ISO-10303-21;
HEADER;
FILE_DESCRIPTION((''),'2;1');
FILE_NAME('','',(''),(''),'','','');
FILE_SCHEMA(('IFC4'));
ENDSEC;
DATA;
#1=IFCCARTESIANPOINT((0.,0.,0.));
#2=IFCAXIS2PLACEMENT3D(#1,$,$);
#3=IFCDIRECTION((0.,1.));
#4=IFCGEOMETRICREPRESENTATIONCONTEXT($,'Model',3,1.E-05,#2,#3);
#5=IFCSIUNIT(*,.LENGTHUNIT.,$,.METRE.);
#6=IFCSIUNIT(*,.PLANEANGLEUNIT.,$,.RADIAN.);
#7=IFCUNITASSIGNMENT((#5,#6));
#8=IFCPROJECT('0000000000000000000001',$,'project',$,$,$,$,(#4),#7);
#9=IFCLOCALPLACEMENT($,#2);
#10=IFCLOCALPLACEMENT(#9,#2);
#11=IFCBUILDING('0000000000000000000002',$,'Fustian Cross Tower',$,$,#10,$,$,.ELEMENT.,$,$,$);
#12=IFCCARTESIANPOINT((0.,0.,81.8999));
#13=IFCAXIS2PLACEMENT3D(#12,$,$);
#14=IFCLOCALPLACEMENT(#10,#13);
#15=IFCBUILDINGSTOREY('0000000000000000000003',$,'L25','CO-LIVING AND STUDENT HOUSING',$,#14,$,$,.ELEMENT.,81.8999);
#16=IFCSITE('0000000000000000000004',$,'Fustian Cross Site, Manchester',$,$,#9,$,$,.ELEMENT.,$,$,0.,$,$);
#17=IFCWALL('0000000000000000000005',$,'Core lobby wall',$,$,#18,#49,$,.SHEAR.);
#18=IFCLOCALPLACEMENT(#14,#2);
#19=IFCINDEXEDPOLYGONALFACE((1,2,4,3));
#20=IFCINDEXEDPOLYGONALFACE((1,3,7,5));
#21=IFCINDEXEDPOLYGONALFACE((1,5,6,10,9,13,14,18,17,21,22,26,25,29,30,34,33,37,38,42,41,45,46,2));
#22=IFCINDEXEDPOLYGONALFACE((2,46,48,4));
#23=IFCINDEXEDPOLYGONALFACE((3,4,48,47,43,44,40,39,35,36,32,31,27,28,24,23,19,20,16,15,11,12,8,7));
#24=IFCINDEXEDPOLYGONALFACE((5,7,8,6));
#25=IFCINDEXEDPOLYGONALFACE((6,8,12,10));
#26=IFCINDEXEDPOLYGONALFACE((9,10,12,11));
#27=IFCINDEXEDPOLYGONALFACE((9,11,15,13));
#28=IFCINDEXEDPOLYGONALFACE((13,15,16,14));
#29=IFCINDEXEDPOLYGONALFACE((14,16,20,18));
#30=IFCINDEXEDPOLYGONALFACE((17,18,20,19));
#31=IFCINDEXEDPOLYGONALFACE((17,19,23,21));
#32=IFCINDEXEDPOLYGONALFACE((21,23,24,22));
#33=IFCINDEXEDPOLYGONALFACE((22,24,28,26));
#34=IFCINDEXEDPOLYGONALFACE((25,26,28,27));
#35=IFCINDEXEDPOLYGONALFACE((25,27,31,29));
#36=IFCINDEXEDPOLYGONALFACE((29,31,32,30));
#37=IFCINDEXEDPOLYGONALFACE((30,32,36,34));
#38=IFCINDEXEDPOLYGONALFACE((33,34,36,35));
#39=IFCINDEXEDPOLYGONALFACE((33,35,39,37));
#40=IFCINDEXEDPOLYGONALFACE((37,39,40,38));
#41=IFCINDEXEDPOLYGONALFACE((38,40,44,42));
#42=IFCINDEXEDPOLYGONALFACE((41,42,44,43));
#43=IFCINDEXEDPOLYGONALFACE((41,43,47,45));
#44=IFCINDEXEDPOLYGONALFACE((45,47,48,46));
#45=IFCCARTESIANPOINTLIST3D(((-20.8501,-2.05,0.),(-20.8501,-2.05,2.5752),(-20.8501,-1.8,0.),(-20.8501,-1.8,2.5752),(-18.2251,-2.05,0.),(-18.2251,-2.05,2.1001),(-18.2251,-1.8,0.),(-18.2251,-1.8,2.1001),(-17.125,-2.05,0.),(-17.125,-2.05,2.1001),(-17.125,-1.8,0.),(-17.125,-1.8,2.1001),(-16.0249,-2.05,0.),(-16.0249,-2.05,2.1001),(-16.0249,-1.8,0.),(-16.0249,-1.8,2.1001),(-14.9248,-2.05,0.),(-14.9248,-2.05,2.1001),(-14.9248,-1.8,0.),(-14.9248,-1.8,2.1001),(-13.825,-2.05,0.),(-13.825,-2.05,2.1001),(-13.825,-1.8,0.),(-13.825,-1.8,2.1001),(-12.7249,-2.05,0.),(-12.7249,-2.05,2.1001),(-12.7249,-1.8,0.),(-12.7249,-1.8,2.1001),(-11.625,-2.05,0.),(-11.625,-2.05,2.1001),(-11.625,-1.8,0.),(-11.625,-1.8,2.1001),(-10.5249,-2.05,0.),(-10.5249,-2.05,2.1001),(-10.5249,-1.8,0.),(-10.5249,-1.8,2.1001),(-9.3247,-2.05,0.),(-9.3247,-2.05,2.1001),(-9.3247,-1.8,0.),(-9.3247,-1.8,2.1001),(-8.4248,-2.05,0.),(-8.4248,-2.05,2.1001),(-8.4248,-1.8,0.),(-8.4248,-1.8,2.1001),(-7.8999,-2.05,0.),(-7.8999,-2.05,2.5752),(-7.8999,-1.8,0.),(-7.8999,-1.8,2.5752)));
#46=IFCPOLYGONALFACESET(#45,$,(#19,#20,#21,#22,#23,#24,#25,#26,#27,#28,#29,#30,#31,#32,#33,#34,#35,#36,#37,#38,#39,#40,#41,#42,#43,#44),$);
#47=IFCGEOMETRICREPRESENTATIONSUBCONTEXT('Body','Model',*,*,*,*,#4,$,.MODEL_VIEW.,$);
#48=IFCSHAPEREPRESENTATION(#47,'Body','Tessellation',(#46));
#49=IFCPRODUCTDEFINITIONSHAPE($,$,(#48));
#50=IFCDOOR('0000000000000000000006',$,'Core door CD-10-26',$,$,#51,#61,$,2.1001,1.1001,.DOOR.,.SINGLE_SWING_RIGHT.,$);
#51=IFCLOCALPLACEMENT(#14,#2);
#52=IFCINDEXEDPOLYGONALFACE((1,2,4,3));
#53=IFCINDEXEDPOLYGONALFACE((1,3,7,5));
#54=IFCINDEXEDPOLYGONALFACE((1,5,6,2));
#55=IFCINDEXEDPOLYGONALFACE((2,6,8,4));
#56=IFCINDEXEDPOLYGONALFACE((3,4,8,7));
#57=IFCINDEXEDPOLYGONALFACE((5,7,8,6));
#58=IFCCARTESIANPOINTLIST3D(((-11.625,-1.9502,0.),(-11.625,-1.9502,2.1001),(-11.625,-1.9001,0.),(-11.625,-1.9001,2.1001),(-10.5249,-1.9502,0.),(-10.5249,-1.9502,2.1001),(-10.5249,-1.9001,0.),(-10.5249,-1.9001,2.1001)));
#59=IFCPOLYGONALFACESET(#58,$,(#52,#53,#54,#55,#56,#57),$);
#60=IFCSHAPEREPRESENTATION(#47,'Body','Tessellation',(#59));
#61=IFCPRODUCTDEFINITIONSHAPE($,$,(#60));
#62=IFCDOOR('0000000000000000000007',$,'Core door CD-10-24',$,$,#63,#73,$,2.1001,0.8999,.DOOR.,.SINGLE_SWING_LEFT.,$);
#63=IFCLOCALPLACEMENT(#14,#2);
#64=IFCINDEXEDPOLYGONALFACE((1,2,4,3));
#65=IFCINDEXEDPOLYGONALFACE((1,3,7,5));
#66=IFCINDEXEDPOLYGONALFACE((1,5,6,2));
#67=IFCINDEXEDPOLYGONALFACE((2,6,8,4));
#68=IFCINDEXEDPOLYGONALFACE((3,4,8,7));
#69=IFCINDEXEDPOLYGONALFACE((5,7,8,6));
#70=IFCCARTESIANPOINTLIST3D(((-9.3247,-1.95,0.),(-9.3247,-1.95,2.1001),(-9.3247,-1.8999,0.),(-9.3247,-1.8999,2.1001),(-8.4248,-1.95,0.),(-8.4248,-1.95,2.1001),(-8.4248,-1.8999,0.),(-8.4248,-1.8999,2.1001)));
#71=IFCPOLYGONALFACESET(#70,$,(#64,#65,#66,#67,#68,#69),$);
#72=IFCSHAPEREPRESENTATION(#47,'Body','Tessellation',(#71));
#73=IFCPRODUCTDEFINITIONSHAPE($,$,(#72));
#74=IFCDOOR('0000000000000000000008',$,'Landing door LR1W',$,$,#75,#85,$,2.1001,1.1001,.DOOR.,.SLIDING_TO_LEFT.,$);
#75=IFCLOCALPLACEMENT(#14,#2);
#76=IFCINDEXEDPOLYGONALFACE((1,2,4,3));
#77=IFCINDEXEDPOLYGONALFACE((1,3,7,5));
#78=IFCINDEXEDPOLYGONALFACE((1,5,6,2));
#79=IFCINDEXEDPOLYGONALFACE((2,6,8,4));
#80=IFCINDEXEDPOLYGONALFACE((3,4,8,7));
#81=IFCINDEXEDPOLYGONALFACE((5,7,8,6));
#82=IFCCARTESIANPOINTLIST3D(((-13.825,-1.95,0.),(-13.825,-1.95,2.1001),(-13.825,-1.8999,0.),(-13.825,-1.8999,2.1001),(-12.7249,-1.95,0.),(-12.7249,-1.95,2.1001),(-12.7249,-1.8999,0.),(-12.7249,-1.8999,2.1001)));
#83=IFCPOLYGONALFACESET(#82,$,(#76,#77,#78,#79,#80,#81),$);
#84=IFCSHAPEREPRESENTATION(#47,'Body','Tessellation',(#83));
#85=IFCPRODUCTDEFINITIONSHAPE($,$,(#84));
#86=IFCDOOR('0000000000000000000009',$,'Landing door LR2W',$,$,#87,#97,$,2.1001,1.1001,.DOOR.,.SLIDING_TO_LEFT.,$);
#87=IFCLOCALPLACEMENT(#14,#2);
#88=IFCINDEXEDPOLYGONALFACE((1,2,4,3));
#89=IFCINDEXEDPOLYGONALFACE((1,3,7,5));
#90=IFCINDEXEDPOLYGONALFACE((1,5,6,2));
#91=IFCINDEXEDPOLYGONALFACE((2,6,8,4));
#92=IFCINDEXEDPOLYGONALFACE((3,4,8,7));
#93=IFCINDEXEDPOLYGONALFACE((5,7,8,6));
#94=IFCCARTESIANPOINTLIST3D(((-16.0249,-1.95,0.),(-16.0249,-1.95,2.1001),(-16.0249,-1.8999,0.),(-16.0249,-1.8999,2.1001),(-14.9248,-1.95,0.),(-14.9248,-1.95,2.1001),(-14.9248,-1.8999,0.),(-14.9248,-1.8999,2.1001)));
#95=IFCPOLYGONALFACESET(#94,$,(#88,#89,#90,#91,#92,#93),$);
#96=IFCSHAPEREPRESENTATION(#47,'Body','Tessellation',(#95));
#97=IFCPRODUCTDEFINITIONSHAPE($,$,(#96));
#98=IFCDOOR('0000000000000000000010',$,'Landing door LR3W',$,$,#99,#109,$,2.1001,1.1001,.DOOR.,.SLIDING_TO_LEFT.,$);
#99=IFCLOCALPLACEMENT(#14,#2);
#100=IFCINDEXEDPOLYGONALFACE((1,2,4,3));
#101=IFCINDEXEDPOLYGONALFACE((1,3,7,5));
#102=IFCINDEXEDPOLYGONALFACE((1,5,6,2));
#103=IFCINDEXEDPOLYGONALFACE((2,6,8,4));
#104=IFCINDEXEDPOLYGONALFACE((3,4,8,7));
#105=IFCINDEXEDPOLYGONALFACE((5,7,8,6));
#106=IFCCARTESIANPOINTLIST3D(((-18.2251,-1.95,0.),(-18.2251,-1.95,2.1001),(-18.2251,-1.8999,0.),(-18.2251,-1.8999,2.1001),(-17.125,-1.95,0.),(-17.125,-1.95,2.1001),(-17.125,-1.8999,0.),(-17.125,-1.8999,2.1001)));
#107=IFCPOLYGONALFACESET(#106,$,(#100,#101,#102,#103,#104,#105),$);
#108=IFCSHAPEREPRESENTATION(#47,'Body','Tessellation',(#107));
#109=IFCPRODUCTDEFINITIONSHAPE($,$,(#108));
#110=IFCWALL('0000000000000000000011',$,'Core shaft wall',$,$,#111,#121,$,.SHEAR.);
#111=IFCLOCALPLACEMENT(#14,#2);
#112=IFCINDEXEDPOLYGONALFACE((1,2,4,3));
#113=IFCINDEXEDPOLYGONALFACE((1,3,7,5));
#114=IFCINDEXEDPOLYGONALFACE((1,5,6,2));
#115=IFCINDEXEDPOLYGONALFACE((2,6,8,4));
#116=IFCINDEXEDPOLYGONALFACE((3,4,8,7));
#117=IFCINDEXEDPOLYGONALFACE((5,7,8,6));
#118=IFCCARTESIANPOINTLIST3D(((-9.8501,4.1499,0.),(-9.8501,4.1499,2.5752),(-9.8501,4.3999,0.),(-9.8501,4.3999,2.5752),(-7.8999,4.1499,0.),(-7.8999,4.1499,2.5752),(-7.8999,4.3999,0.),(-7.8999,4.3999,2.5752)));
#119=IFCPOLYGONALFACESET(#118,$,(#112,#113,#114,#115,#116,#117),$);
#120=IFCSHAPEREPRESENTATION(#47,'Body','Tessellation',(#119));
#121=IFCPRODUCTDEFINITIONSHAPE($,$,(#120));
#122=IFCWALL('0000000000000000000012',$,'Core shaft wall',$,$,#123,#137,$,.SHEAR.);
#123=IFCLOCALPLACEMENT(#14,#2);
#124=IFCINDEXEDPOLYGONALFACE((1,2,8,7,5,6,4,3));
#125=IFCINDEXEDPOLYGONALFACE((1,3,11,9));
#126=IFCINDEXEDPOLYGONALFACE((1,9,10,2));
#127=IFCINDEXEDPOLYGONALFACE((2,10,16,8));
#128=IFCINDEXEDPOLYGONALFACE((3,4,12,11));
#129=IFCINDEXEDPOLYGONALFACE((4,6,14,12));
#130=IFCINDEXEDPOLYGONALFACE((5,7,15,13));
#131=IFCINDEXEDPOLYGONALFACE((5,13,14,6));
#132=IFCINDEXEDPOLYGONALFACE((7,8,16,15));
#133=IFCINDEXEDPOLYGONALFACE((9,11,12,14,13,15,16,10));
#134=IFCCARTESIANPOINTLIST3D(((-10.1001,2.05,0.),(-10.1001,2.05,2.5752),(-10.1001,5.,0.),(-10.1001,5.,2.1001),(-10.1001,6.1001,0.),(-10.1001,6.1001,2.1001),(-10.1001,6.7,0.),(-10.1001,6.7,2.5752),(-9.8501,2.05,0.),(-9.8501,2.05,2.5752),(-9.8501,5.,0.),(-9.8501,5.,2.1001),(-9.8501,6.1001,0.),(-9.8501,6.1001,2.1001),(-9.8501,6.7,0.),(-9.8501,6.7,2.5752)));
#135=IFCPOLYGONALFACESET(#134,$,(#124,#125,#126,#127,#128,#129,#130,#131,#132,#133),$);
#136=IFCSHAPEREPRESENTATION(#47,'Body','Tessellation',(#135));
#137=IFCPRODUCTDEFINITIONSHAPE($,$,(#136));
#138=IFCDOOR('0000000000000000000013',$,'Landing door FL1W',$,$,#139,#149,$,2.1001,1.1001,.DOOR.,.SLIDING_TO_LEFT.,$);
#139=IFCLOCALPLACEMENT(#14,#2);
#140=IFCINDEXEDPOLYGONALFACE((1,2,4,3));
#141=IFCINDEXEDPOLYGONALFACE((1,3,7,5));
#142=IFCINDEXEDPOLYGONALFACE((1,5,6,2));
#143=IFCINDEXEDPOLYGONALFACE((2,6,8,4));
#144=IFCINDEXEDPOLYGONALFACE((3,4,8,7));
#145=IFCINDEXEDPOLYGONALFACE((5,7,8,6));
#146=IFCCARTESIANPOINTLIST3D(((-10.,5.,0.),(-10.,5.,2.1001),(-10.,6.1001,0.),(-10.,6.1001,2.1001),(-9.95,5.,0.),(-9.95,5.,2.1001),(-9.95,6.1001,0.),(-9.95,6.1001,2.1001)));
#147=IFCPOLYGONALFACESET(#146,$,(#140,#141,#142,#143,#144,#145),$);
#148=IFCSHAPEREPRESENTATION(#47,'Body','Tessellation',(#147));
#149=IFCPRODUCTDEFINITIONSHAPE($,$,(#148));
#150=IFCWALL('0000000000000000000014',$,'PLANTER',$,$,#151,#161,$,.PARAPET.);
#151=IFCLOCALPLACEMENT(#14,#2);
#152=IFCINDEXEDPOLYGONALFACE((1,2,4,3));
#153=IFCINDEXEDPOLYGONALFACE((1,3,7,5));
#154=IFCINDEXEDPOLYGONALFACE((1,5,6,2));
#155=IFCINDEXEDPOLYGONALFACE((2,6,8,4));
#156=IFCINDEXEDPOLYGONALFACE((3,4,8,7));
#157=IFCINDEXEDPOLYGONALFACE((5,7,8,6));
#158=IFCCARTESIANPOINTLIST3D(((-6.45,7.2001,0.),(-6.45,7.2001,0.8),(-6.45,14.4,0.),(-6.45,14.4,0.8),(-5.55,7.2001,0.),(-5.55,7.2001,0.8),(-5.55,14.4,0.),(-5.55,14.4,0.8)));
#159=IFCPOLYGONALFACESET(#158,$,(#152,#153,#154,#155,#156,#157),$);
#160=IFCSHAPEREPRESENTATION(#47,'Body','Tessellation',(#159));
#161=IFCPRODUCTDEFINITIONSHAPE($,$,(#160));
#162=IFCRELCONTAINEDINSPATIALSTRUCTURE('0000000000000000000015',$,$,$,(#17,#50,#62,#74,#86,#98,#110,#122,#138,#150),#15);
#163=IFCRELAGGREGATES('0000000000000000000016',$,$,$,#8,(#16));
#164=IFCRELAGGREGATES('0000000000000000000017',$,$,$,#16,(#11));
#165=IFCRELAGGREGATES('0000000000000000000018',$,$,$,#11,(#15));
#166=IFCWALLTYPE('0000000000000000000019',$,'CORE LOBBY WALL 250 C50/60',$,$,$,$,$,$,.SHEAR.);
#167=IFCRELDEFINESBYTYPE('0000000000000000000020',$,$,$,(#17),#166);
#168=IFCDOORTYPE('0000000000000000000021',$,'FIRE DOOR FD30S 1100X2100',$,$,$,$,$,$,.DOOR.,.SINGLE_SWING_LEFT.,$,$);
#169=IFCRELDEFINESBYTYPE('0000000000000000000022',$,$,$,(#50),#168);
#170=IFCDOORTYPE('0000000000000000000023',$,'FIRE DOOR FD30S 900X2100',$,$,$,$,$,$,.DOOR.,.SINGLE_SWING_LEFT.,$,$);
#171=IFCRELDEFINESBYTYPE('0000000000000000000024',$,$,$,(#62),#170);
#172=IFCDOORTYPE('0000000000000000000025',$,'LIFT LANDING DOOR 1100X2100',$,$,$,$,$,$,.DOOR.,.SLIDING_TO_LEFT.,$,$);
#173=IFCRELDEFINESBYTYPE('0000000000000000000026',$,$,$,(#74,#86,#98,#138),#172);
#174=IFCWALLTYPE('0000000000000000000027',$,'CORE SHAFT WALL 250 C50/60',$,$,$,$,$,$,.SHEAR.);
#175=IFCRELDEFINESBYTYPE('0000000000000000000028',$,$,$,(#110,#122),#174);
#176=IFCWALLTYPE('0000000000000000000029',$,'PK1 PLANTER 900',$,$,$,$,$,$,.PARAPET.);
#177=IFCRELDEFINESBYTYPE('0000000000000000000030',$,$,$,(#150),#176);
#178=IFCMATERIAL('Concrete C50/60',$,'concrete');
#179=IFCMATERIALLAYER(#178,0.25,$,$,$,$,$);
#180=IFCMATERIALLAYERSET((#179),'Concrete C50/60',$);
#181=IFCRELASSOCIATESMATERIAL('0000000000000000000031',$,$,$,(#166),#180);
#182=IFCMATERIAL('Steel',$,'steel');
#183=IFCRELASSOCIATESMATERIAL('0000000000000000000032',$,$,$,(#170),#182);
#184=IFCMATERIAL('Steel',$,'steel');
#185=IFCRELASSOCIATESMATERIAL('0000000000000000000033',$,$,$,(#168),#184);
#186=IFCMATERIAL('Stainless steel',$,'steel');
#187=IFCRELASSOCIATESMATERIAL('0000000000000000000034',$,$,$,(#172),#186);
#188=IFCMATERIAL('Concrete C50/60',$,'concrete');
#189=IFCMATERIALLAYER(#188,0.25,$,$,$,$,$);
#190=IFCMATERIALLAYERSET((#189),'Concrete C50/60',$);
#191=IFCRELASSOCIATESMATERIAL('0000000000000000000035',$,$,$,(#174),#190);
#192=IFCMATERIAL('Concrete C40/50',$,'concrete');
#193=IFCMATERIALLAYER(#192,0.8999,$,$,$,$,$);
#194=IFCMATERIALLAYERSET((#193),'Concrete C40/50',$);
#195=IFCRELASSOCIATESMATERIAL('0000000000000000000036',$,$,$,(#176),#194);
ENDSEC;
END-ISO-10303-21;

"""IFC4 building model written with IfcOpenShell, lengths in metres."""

from ifc_helpers import new_model, si_unit, direction, frame, frame_2d, origin, place, context, subcontext, project, spatial, rectangle, extrude, material, layer, layer_set, type_object, element, fill, save


model = new_model("IFC4")

# Units and contexts
model_context = context("Model", 3, precision=1e-05, world=origin(), true_north=direction((0.0, 1.0)))
body_context = subcontext(model_context, "Body", "Model", "MODEL_VIEW")
ifc_project = project(units=[si_unit("LENGTHUNIT", "METRE"), si_unit("PLANEANGLEUNIT", "RADIAN")], contexts=[model_context])

# Site, building, storey
site_placement = place(None, origin())
site = spatial("IfcSite", under=ifc_project, at=site_placement, Name="Fustian Cross Site, Manchester", CompositionType="ELEMENT", RefElevation=0.0)
building_placement = place(site_placement, origin())
building = spatial("IfcBuilding", under=site, at=building_placement, Name="Fustian Cross Tower", CompositionType="ELEMENT")
storey_placement = place(building_placement, frame((0.0, 0.0, 81.8999)))
storey = spatial("IfcBuildingStorey", under=building, at=storey_placement, Name="L25", Description="CO-LIVING AND STUDENT HOUSING", CompositionType="ELEMENT", Elevation=81.8999)

# Wall, openings, doors
ifc_material_1 = material(Name="Concrete C50/60", Category="concrete")
ifc_layer_1 = layer(ifc_material_1, 0.25)
ifc_layer_set_1 = layer_set([ifc_layer_1], Name="Concrete C50/60")
wall_type_1 = type_object("IfcWallType", Name="CORE LOBBY WALL 250 C50/60", PredefinedType="SHEAR", material=ifc_layer_set_1)
ifc_material_2 = material(Name="Steel", Category="steel")
door_type_1 = type_object("IfcDoorType", Name="FIRE DOOR FD30S 900X2100", OperationType="SINGLE_SWING_LEFT", PredefinedType="DOOR", material=ifc_material_2)
wall_1_placement = place(storey_placement, frame((-7.8999, -1.925, 0.0), z_axis=(0.0, 0.0, 1.0), x_axis=(-1.0, 0.0, 0.0)))
wall_1 = element("IfcWall", 1, at=wall_1_placement, inside=storey, type_object=wall_type_1, Name="Core lobby wall", PredefinedType="SHEAR", context=body_context, shape_type="SweptSolid", body=[
    extrude(rectangle(XDim=12.9502, YDim=0.25, at=frame_2d((6.4751, 0.0))), origin(), (0.0, 0.0, 1.0), 2.5752),
])
opening_1_placement = place(wall_1_placement, frame((4.825, 0.0, 0.0)))
opening_1 = element("IfcOpeningElement", 2, at=opening_1_placement, cuts=wall_1, PredefinedType="OPENING", context=body_context, shape_type="SweptSolid", body=[
    extrude(rectangle(XDim=1.1001, YDim=2.1001, at=frame_2d((0.55, 1.05))), frame((0.0, 0.135, 0.0), z_axis=(0.0, -1.0, 0.0), x_axis=(1.0, 0.0, 0.0)), (0.0, 0.0, 1.0), 0.27),
])
opening_2_placement = place(wall_1_placement, frame((7.0249, 0.0, 0.0)))
opening_2 = element("IfcOpeningElement", 3, at=opening_2_placement, cuts=wall_1, PredefinedType="OPENING", context=body_context, shape_type="SweptSolid", body=[
    extrude(rectangle(XDim=1.1001, YDim=2.1001, at=frame_2d((0.55, 1.05))), frame((0.0, 0.135, 0.0), z_axis=(0.0, -1.0, 0.0), x_axis=(1.0, 0.0, 0.0)), (0.0, 0.0, 1.0), 0.27),
])
opening_3_placement = place(wall_1_placement, frame((9.2251, 0.0, 0.0)))
opening_3 = element("IfcOpeningElement", 4, at=opening_3_placement, cuts=wall_1, PredefinedType="OPENING", context=body_context, shape_type="SweptSolid", body=[
    extrude(rectangle(XDim=1.1001, YDim=2.1001, at=frame_2d((0.55, 1.05))), frame((0.0, 0.135, 0.0), z_axis=(0.0, -1.0, 0.0), x_axis=(1.0, 0.0, 0.0)), (0.0, 0.0, 1.0), 0.27),
])
opening_4_placement = place(wall_1_placement, frame((0.5249, 0.0, 0.0)))
opening_4 = element("IfcOpeningElement", 5, at=opening_4_placement, cuts=wall_1, PredefinedType="OPENING", context=body_context, shape_type="SweptSolid", body=[
    extrude(rectangle(XDim=0.8999, YDim=2.1001, at=frame_2d((0.45, 1.05))), frame((0.0, 0.135, 0.0), z_axis=(0.0, -1.0, 0.0), x_axis=(1.0, 0.0, 0.0)), (0.0, 0.0, 1.0), 0.27),
])
opening_5_placement = place(wall_1_placement, frame((2.625, 0.0, 0.0)))
opening_5 = element("IfcOpeningElement", 6, at=opening_5_placement, cuts=wall_1, PredefinedType="OPENING", context=body_context, shape_type="SweptSolid", body=[
    extrude(rectangle(XDim=1.1001, YDim=2.1001, at=frame_2d((0.55, 1.05))), frame((0.0, 0.135, 0.0), z_axis=(0.0, -1.0, 0.0), x_axis=(1.0, 0.0, 0.0)), (0.0, 0.0, 1.0), 0.27),
])
ifc_material_3 = material(Name="Steel", Category="steel")
door_type_2 = type_object("IfcDoorType", Name="FIRE DOOR FD30S 1100X2100", OperationType="SINGLE_SWING_LEFT", PredefinedType="DOOR", material=ifc_material_3)
door_1_placement = place(opening_5_placement, frame((1.1001, 0.0, 0.0), z_axis=(0.0, 0.0, 1.0), x_axis=(-1.0, 0.0, 0.0)))
door_1 = element("IfcDoor", 7, at=door_1_placement, inside=storey, type_object=door_type_2, Name="Core door CD-10-26", OperationType="SINGLE_SWING_RIGHT", OverallHeight=2.1001, OverallWidth=1.1001, PredefinedType="DOOR", context=body_context, shape_type="SweptSolid", body=[
    extrude(rectangle(XDim=1.1001, YDim=2.1001, at=frame_2d((0.55, 1.05))), frame((0.0, 0.0249, 0.0), z_axis=(0.0, -1.0, 0.0), x_axis=(1.0, 0.0, 0.0)), (0.0, 0.0, 1.0), 0.05),
])
fill(opening_5, door_1)
door_2_placement = place(opening_4_placement, origin())
door_2 = element("IfcDoor", 8, at=door_2_placement, inside=storey, type_object=door_type_1, Name="Core door CD-10-24", OperationType="SINGLE_SWING_LEFT", OverallHeight=2.1001, OverallWidth=0.8999, PredefinedType="DOOR", context=body_context, shape_type="SweptSolid", body=[
    extrude(rectangle(XDim=0.8999, YDim=2.1001, at=frame_2d((0.45, 1.05))), frame((0.0, 0.0249, 0.0), z_axis=(0.0, -1.0, 0.0), x_axis=(1.0, 0.0, 0.0)), (0.0, 0.0, 1.0), 0.05),
])
fill(opening_4, door_2)
ifc_material_4 = material(Name="Stainless steel", Category="steel")
door_type_3 = type_object("IfcDoorType", Name="LIFT LANDING DOOR 1100X2100", OperationType="SLIDING_TO_LEFT", PredefinedType="DOOR", material=ifc_material_4)
door_3_placement = place(opening_1_placement, origin())
door_3 = element("IfcDoor", 9, at=door_3_placement, inside=storey, type_object=door_type_3, Name="Landing door LR1W", OperationType="SLIDING_TO_LEFT", OverallHeight=2.1001, OverallWidth=1.1001, PredefinedType="DOOR", context=body_context, shape_type="SweptSolid", body=[
    extrude(rectangle(XDim=1.1001, YDim=2.1001, at=frame_2d((0.55, 1.05))), frame((0.0, 0.0249, 0.0), z_axis=(0.0, -1.0, 0.0), x_axis=(1.0, 0.0, 0.0)), (0.0, 0.0, 1.0), 0.05),
])
fill(opening_1, door_3)
door_4_placement = place(opening_2_placement, origin())
door_4 = element("IfcDoor", 10, at=door_4_placement, inside=storey, type_object=door_type_3, Name="Landing door LR2W", OperationType="SLIDING_TO_LEFT", OverallHeight=2.1001, OverallWidth=1.1001, PredefinedType="DOOR", context=body_context, shape_type="SweptSolid", body=[
    extrude(rectangle(XDim=1.1001, YDim=2.1001, at=frame_2d((0.55, 1.05))), frame((0.0, 0.0249, 0.0), z_axis=(0.0, -1.0, 0.0), x_axis=(1.0, 0.0, 0.0)), (0.0, 0.0, 1.0), 0.05),
])
fill(opening_2, door_4)
door_5_placement = place(opening_3_placement, origin())
door_5 = element("IfcDoor", 11, at=door_5_placement, inside=storey, type_object=door_type_3, Name="Landing door LR3W", OperationType="SLIDING_TO_LEFT", OverallHeight=2.1001, OverallWidth=1.1001, PredefinedType="DOOR", context=body_context, shape_type="SweptSolid", body=[
    extrude(rectangle(XDim=1.1001, YDim=2.1001, at=frame_2d((0.55, 1.05))), frame((0.0, 0.0249, 0.0), z_axis=(0.0, -1.0, 0.0), x_axis=(1.0, 0.0, 0.0)), (0.0, 0.0, 1.0), 0.05),
])
fill(opening_3, door_5)

# Wall
ifc_material_5 = material(Name="Concrete C50/60", Category="concrete")
ifc_layer_2 = layer(ifc_material_5, 0.25)
ifc_layer_set_2 = layer_set([ifc_layer_2], Name="Concrete C50/60")
wall_type_2 = type_object("IfcWallType", Name="CORE SHAFT WALL 250 C50/60", PredefinedType="SHEAR", material=ifc_layer_set_2)
wall_2_placement = place(storey_placement, frame((-7.8999, 4.2749, 0.0), z_axis=(0.0, 0.0, 1.0), x_axis=(-1.0, 0.0, 0.0)))
element("IfcWall", 12, at=wall_2_placement, inside=storey, type_object=wall_type_2, Name="Core shaft wall", PredefinedType="SHEAR", context=body_context, shape_type="SweptSolid", body=[
    extrude(rectangle(XDim=1.9502, YDim=0.25, at=frame_2d((0.9751, 0.0))), origin(), (0.0, 0.0, 1.0), 2.5752),
])

# Wall, opening, door
wall_3_placement = place(storey_placement, frame((-9.9751, 2.05, 0.0), z_axis=(0.0, 0.0, 1.0), x_axis=(0.0, 1.0, 0.0)))
wall_3 = element("IfcWall", 13, at=wall_3_placement, inside=storey, type_object=wall_type_2, Name="Core shaft wall", PredefinedType="SHEAR", context=body_context, shape_type="SweptSolid", body=[
    extrude(rectangle(XDim=4.6499, YDim=0.25, at=frame_2d((2.325, 0.0))), origin(), (0.0, 0.0, 1.0), 2.5752),
])
opening_6_placement = place(wall_3_placement, frame((2.95, 0.0, 0.0)))
opening_6 = element("IfcOpeningElement", 14, at=opening_6_placement, cuts=wall_3, PredefinedType="OPENING", context=body_context, shape_type="SweptSolid", body=[
    extrude(rectangle(XDim=1.1001, YDim=2.1001, at=frame_2d((0.55, 1.05))), frame((0.0, 0.135, 0.0), z_axis=(0.0, -1.0, 0.0), x_axis=(1.0, 0.0, 0.0)), (0.0, 0.0, 1.0), 0.27),
])
door_6_placement = place(opening_6_placement, origin())
door_6 = element("IfcDoor", 15, at=door_6_placement, inside=storey, type_object=door_type_3, Name="Landing door FL1W", OperationType="SLIDING_TO_LEFT", OverallHeight=2.1001, OverallWidth=1.1001, PredefinedType="DOOR", context=body_context, shape_type="SweptSolid", body=[
    extrude(rectangle(XDim=1.1001, YDim=2.1001, at=frame_2d((0.55, 1.05))), frame((0.0, 0.0249, 0.0), z_axis=(0.0, -1.0, 0.0), x_axis=(1.0, 0.0, 0.0)), (0.0, 0.0, 1.0), 0.05),
])
fill(opening_6, door_6)

# Wall
ifc_material_6 = material(Name="Concrete C40/50", Category="concrete")
ifc_layer_3 = layer(ifc_material_6, 0.8999)
ifc_layer_set_3 = layer_set([ifc_layer_3], Name="Concrete C40/50")
wall_type_3 = type_object("IfcWallType", Name="PK1 PLANTER 900", PredefinedType="PARAPET", material=ifc_layer_set_3)
wall_4_placement = place(storey_placement, frame((-6.0, 7.2, 0.0), z_axis=(0.0, 0.0, 1.0), x_axis=(0.0, 1.0, 0.0)))
element("IfcWall", 16, at=wall_4_placement, inside=storey, type_object=wall_type_3, Name="PLANTER", PredefinedType="PARAPET", context=body_context, shape_type="SweptSolid", body=[
    extrude(rectangle(XDim=7.2, YDim=0.8999, at=frame_2d((3.6001, 0.0))), origin(), (0.0, 0.0, 1.0), 0.8),
])

save(model, "model.ifc")
